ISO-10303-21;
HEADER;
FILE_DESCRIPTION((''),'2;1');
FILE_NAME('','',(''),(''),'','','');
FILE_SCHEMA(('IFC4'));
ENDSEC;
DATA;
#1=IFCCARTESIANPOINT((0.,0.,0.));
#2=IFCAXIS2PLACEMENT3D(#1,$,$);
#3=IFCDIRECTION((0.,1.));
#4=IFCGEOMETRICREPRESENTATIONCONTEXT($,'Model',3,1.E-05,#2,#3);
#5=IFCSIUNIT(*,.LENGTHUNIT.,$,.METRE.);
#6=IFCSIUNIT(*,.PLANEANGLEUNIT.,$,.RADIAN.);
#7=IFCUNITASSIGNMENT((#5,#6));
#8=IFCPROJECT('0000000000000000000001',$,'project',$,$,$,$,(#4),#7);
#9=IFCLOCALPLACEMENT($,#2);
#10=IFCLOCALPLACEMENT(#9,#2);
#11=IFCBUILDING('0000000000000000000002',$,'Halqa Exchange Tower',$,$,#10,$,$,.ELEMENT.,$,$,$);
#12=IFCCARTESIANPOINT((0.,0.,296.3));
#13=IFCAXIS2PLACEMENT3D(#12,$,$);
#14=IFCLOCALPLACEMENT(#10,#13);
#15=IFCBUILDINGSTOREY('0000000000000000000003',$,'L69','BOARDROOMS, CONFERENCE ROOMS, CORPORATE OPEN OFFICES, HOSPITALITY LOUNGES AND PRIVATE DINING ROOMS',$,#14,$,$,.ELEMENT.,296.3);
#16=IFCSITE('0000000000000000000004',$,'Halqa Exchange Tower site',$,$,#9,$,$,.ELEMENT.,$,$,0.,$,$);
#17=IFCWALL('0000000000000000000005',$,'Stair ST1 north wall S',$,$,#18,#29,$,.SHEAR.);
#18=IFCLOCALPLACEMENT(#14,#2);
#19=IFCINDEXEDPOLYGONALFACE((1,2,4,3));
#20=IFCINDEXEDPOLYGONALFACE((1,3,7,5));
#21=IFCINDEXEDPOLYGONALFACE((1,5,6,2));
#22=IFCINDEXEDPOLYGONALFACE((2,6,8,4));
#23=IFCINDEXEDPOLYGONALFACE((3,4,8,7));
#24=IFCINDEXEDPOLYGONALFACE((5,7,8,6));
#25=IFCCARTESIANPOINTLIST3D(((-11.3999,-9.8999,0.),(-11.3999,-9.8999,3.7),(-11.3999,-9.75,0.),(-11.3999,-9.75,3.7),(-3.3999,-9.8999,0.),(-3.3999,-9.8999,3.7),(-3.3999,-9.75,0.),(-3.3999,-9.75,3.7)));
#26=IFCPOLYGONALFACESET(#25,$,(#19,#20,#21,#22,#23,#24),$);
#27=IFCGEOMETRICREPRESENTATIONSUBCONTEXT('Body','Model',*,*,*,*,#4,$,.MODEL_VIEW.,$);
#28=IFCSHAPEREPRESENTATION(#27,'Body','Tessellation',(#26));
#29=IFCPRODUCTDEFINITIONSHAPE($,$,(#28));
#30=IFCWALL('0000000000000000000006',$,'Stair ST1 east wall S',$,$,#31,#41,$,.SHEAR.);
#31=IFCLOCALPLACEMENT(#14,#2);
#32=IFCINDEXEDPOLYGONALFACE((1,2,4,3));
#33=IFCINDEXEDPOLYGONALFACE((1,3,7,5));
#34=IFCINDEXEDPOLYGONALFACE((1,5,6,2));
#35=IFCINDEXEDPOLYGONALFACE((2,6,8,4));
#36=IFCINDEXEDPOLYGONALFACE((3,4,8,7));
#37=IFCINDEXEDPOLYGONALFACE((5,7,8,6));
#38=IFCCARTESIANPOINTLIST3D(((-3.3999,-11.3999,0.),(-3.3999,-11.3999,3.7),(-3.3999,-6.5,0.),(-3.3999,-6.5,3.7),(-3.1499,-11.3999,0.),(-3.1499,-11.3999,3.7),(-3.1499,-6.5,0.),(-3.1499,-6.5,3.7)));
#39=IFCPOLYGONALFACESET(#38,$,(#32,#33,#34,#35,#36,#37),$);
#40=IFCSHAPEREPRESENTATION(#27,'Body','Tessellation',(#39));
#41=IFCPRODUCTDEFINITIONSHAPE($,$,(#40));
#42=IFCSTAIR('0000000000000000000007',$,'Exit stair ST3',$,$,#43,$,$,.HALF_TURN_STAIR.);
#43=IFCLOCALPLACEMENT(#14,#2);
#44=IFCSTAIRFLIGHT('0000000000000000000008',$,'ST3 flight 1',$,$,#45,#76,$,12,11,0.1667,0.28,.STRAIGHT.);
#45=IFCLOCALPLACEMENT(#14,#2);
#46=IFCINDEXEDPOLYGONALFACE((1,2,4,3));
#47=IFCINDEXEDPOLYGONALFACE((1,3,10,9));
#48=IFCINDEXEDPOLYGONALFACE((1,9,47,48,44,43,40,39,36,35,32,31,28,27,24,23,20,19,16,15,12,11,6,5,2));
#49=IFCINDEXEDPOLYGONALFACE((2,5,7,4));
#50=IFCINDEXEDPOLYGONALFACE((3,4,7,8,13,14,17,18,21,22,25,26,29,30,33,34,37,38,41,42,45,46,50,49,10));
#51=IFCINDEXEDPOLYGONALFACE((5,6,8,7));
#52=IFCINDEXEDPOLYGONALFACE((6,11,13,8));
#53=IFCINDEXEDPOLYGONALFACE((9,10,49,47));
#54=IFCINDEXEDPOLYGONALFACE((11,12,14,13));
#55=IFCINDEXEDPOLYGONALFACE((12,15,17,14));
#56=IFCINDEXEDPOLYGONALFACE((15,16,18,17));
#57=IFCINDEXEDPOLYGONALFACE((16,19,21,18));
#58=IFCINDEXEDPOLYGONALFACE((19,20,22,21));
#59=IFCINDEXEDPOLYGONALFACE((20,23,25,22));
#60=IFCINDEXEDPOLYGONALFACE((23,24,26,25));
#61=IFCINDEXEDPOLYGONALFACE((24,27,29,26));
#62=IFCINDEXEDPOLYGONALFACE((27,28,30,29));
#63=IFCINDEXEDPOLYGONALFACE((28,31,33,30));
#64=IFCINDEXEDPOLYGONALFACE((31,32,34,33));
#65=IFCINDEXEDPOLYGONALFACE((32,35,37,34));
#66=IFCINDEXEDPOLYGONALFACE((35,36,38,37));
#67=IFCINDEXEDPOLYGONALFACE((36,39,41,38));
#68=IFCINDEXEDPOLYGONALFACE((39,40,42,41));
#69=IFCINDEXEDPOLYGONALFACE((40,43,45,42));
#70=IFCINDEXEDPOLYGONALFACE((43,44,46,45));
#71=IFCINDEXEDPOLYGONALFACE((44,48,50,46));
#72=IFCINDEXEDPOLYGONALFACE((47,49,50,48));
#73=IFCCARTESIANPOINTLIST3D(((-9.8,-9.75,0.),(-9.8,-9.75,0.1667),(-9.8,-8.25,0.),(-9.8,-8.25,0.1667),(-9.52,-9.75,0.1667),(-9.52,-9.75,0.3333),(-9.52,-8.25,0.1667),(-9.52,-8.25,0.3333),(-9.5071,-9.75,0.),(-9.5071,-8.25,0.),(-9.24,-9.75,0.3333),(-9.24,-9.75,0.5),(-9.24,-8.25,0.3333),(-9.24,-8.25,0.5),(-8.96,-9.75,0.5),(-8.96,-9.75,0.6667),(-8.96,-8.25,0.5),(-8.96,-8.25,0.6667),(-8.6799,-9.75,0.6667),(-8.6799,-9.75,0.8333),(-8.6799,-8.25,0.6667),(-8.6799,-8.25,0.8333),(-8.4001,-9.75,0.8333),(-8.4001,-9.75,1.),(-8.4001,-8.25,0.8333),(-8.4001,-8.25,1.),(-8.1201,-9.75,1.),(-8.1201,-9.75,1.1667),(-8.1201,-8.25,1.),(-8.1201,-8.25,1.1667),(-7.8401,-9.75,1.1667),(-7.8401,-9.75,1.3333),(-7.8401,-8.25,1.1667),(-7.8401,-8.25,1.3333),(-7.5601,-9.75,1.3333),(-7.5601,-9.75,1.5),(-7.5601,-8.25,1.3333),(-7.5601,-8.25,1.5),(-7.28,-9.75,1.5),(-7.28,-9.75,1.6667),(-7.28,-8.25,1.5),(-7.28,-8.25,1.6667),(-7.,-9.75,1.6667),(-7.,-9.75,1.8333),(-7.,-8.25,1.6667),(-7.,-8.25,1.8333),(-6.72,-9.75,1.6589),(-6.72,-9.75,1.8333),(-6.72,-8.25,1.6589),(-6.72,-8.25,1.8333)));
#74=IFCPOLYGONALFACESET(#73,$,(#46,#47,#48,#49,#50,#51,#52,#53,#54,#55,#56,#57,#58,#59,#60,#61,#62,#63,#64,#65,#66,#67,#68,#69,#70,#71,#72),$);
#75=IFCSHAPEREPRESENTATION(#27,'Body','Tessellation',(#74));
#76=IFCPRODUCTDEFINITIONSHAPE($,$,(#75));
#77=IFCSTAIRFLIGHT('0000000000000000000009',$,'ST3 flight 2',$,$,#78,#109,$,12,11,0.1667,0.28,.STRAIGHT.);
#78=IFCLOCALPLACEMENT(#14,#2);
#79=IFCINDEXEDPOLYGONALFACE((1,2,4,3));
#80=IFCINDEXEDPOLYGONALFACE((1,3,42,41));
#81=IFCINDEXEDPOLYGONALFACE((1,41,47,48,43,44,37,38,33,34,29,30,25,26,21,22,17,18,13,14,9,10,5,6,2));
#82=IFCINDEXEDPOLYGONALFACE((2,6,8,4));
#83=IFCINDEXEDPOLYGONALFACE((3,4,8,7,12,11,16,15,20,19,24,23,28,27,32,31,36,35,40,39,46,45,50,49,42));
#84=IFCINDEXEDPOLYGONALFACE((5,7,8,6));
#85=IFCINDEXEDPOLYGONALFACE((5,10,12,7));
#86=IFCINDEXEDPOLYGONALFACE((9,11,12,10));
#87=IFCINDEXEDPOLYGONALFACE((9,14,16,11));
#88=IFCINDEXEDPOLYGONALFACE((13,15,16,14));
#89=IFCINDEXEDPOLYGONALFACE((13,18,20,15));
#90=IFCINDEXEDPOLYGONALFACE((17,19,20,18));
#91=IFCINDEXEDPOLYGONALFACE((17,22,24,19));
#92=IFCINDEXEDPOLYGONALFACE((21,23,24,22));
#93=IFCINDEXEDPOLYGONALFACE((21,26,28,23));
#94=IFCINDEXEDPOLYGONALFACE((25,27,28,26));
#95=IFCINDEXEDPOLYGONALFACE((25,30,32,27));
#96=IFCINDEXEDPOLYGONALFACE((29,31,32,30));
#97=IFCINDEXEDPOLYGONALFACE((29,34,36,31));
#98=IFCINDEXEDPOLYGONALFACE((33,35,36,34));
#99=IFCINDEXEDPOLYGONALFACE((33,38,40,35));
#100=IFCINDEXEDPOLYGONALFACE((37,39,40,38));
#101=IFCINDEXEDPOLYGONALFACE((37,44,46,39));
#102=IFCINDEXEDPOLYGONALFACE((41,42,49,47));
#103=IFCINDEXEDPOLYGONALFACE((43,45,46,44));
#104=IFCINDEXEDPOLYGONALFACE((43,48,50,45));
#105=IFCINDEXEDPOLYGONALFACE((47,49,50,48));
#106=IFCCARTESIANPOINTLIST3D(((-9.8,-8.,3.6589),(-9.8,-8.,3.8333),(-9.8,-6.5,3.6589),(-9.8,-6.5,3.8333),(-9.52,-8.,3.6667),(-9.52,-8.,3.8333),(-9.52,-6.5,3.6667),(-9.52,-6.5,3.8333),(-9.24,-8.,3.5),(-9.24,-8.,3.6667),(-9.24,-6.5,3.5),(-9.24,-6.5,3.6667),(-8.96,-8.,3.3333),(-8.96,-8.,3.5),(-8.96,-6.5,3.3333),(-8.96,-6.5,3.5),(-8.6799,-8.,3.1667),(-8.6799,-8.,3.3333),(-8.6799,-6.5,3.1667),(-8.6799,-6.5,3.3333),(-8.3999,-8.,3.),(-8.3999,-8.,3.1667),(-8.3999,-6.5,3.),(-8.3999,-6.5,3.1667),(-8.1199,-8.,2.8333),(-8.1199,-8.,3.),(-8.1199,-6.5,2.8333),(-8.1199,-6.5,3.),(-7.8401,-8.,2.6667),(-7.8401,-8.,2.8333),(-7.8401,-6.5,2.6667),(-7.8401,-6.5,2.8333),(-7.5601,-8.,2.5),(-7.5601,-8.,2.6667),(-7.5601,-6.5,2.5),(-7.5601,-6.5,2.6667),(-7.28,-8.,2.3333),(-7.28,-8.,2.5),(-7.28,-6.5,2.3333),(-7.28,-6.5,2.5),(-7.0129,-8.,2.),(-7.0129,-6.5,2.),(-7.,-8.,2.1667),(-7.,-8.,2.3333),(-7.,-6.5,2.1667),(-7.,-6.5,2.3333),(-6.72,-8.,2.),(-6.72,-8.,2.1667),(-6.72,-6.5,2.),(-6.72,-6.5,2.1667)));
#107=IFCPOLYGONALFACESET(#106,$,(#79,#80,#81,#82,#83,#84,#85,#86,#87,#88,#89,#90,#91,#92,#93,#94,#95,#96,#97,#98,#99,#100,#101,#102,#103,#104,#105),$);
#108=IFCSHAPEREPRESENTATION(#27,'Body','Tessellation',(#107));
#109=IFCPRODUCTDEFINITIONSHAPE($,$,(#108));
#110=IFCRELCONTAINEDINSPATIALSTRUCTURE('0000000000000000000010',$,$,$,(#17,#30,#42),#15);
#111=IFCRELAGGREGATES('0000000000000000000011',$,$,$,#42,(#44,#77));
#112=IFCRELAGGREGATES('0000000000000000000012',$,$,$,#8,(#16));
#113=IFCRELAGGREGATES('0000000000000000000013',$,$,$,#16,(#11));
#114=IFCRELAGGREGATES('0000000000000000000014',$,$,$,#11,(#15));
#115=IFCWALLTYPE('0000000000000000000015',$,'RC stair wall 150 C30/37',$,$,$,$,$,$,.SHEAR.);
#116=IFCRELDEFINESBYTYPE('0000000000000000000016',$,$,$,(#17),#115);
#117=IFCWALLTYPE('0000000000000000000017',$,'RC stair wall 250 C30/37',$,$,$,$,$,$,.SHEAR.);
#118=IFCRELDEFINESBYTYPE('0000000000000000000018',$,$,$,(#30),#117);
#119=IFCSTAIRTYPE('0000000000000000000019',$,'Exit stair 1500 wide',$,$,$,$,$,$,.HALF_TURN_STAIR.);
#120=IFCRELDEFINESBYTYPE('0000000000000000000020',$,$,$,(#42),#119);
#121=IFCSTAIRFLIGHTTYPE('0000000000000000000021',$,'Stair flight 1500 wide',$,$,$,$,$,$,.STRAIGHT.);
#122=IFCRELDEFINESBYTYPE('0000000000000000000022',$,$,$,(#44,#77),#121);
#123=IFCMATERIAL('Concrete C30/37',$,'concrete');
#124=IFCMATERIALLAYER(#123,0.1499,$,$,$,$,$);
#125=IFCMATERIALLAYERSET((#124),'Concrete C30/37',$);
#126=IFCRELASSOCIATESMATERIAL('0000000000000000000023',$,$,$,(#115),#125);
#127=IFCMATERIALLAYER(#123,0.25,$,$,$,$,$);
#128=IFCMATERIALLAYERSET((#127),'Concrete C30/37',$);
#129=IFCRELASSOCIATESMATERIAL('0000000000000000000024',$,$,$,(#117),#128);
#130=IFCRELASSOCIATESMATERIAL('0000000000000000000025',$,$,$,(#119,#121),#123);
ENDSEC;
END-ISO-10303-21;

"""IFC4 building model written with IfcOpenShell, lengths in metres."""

from ifc_helpers import new_model, si_unit, direction, frame, frame_2d, origin, place, context, subcontext, project, spatial, polyline, rectangle, outline, extrude, material, layer, layer_set, type_object, element, aggregate, save


model = new_model("IFC4")

# Units and contexts
model_context = context("Model", 3, precision=1e-05, world=origin(), true_north=direction((0.0, 1.0)))
body_context = subcontext(model_context, "Body", "Model", "MODEL_VIEW")
ifc_project = project(units=[si_unit("LENGTHUNIT", "METRE"), si_unit("PLANEANGLEUNIT", "RADIAN")], contexts=[model_context])

# Site, building, storey
site_placement = place(None, origin())
site = spatial("IfcSite", under=ifc_project, at=site_placement, Name="Halqa Exchange Tower site", CompositionType="ELEMENT", RefElevation=0.0)
building_placement = place(site_placement, origin())
building = spatial("IfcBuilding", under=site, at=building_placement, Name="Halqa Exchange Tower", CompositionType="ELEMENT")
storey_placement = place(building_placement, frame((0.0, 0.0, 296.3)))
storey = spatial("IfcBuildingStorey", under=building, at=storey_placement, Name="L69", Description="BOARDROOMS, CONFERENCE ROOMS, CORPORATE OPEN OFFICES, HOSPITALITY LOUNGES AND PRIVATE DINING ROOMS", CompositionType="ELEMENT", Elevation=296.3)

# Walls
ifc_material_1 = material(Name="Concrete C30/37", Category="concrete")
ifc_layer_1 = layer(ifc_material_1, 0.1499)
ifc_layer_set_1 = layer_set([ifc_layer_1], Name="Concrete C30/37")
wall_type_1 = type_object("IfcWallType", Name="RC stair wall 150 C30/37", PredefinedType="SHEAR", material=ifc_layer_set_1)
wall_1_placement = place(storey_placement, frame((-11.3999, -9.825, 0.0), z_axis=(0.0, 0.0, 1.0), x_axis=(1.0, 0.0, 0.0)))
element("IfcWall", 1, at=wall_1_placement, inside=storey, type_object=wall_type_1, Name="Stair ST1 north wall S", PredefinedType="SHEAR", context=body_context, shape_type="SweptSolid", body=[
    extrude(rectangle(XDim=8.0, YDim=0.1499, at=frame_2d((4.0, 0.0))), origin(), (0.0, 0.0, 1.0), 3.7),
])
ifc_layer_2 = layer(ifc_material_1, 0.25)
ifc_layer_set_2 = layer_set([ifc_layer_2], Name="Concrete C30/37")
wall_type_2 = type_object("IfcWallType", Name="RC stair wall 250 C30/37", PredefinedType="SHEAR", material=ifc_layer_set_2)
wall_2_placement = place(storey_placement, frame((-3.2749, -11.3999, 0.0), z_axis=(0.0, 0.0, 1.0), x_axis=(0.0, 1.0, 0.0)))
element("IfcWall", 2, at=wall_2_placement, inside=storey, type_object=wall_type_2, Name="Stair ST1 east wall S", PredefinedType="SHEAR", context=body_context, shape_type="SweptSolid", body=[
    extrude(rectangle(XDim=4.8999, YDim=0.25, at=frame_2d((2.45, 0.0))), origin(), (0.0, 0.0, 1.0), 3.7),
])

# Stair, stair flights
stair_type = type_object("IfcStairType", Name="Exit stair 1500 wide", PredefinedType="HALF_TURN_STAIR", material=ifc_material_1)
stair_placement = place(storey_placement, origin())
stair = element("IfcStair", 3, at=stair_placement, inside=storey, type_object=stair_type, Name="Exit stair ST3", PredefinedType="HALF_TURN_STAIR")
stair_flight_type = type_object("IfcStairFlightType", Name="Stair flight 1500 wide", PredefinedType="STRAIGHT", material=ifc_material_1)
stair_flight_1_placement = place(storey_placement, frame((-9.8, -9.0, 0.0), z_axis=(0.0, 0.0, 1.0), x_axis=(1.0, 0.0, 0.0)))
stair_flight_1 = element("IfcStairFlight", 4, at=stair_flight_1_placement, type_object=stair_flight_type, Name="ST3 flight 1", NumberOfRisers=12, NumberOfTreads=11, PredefinedType="STRAIGHT", RiserHeight=0.1667, TreadLength=0.28, context=body_context, shape_type="SweptSolid", body=[
    extrude(outline(polyline([(0.0, 0.0), (0.0, 0.1667), (0.28, 0.1667), (0.28, 0.3333), (0.5601, 0.3333), (0.5601, 0.5), (0.8401, 0.5), (0.8401, 0.6667), (1.1201, 0.6667), (1.1201, 0.8333), (1.3999, 0.8333), (1.3999, 1.0), (1.6799, 1.0), (1.6799, 1.1667), (1.96, 1.1667), (1.96, 1.3333), (2.24, 1.3333), (2.24, 1.5), (2.52, 1.5), (2.52, 1.6667), (2.8, 1.6667), (2.8, 1.8333), (3.0801, 1.8333), (3.0801, 2.0), (3.0801, 1.6589), (0.293, 0.0), (0.0, 0.0)])), frame((0.0, 0.75, 0.0), z_axis=(0.0, -1.0, 0.0), x_axis=(1.0, 0.0, 0.0)), (0.0, 0.0, 1.0), 1.5),
])
stair_flight_2_placement = place(storey_placement, frame((-6.72, -7.25, 2.0), z_axis=(0.0, 0.0, 1.0), x_axis=(-1.0, 0.0, 0.0)))
stair_flight_2 = element("IfcStairFlight", 5, at=stair_flight_2_placement, type_object=stair_flight_type, Name="ST3 flight 2", NumberOfRisers=12, NumberOfTreads=11, PredefinedType="STRAIGHT", RiserHeight=0.1667, TreadLength=0.28, context=body_context, shape_type="SweptSolid", body=[
    extrude(outline(polyline([(0.0, 0.0), (0.0, 0.1667), (0.28, 0.1667), (0.28, 0.3333), (0.5601, 0.3333), (0.5601, 0.5), (0.8401, 0.5), (0.8401, 0.6667), (1.1201, 0.6667), (1.1201, 0.8333), (1.3999, 0.8333), (1.3999, 1.0), (1.6799, 1.0), (1.6799, 1.1667), (1.96, 1.1667), (1.96, 1.3333), (2.24, 1.3333), (2.24, 1.5), (2.52, 1.5), (2.52, 1.6667), (2.8, 1.6667), (2.8, 1.8333), (3.0801, 1.8333), (3.0801, 2.0), (3.0801, 1.6589), (0.293, 0.0), (0.0, 0.0)])), frame((0.0, 0.75, 0.0), z_axis=(0.0, -1.0, 0.0), x_axis=(1.0, 0.0, 0.0)), (0.0, 0.0, 1.0), 1.5),
])
aggregate(stair, [stair_flight_1, stair_flight_2])

save(model, "model.ifc")
